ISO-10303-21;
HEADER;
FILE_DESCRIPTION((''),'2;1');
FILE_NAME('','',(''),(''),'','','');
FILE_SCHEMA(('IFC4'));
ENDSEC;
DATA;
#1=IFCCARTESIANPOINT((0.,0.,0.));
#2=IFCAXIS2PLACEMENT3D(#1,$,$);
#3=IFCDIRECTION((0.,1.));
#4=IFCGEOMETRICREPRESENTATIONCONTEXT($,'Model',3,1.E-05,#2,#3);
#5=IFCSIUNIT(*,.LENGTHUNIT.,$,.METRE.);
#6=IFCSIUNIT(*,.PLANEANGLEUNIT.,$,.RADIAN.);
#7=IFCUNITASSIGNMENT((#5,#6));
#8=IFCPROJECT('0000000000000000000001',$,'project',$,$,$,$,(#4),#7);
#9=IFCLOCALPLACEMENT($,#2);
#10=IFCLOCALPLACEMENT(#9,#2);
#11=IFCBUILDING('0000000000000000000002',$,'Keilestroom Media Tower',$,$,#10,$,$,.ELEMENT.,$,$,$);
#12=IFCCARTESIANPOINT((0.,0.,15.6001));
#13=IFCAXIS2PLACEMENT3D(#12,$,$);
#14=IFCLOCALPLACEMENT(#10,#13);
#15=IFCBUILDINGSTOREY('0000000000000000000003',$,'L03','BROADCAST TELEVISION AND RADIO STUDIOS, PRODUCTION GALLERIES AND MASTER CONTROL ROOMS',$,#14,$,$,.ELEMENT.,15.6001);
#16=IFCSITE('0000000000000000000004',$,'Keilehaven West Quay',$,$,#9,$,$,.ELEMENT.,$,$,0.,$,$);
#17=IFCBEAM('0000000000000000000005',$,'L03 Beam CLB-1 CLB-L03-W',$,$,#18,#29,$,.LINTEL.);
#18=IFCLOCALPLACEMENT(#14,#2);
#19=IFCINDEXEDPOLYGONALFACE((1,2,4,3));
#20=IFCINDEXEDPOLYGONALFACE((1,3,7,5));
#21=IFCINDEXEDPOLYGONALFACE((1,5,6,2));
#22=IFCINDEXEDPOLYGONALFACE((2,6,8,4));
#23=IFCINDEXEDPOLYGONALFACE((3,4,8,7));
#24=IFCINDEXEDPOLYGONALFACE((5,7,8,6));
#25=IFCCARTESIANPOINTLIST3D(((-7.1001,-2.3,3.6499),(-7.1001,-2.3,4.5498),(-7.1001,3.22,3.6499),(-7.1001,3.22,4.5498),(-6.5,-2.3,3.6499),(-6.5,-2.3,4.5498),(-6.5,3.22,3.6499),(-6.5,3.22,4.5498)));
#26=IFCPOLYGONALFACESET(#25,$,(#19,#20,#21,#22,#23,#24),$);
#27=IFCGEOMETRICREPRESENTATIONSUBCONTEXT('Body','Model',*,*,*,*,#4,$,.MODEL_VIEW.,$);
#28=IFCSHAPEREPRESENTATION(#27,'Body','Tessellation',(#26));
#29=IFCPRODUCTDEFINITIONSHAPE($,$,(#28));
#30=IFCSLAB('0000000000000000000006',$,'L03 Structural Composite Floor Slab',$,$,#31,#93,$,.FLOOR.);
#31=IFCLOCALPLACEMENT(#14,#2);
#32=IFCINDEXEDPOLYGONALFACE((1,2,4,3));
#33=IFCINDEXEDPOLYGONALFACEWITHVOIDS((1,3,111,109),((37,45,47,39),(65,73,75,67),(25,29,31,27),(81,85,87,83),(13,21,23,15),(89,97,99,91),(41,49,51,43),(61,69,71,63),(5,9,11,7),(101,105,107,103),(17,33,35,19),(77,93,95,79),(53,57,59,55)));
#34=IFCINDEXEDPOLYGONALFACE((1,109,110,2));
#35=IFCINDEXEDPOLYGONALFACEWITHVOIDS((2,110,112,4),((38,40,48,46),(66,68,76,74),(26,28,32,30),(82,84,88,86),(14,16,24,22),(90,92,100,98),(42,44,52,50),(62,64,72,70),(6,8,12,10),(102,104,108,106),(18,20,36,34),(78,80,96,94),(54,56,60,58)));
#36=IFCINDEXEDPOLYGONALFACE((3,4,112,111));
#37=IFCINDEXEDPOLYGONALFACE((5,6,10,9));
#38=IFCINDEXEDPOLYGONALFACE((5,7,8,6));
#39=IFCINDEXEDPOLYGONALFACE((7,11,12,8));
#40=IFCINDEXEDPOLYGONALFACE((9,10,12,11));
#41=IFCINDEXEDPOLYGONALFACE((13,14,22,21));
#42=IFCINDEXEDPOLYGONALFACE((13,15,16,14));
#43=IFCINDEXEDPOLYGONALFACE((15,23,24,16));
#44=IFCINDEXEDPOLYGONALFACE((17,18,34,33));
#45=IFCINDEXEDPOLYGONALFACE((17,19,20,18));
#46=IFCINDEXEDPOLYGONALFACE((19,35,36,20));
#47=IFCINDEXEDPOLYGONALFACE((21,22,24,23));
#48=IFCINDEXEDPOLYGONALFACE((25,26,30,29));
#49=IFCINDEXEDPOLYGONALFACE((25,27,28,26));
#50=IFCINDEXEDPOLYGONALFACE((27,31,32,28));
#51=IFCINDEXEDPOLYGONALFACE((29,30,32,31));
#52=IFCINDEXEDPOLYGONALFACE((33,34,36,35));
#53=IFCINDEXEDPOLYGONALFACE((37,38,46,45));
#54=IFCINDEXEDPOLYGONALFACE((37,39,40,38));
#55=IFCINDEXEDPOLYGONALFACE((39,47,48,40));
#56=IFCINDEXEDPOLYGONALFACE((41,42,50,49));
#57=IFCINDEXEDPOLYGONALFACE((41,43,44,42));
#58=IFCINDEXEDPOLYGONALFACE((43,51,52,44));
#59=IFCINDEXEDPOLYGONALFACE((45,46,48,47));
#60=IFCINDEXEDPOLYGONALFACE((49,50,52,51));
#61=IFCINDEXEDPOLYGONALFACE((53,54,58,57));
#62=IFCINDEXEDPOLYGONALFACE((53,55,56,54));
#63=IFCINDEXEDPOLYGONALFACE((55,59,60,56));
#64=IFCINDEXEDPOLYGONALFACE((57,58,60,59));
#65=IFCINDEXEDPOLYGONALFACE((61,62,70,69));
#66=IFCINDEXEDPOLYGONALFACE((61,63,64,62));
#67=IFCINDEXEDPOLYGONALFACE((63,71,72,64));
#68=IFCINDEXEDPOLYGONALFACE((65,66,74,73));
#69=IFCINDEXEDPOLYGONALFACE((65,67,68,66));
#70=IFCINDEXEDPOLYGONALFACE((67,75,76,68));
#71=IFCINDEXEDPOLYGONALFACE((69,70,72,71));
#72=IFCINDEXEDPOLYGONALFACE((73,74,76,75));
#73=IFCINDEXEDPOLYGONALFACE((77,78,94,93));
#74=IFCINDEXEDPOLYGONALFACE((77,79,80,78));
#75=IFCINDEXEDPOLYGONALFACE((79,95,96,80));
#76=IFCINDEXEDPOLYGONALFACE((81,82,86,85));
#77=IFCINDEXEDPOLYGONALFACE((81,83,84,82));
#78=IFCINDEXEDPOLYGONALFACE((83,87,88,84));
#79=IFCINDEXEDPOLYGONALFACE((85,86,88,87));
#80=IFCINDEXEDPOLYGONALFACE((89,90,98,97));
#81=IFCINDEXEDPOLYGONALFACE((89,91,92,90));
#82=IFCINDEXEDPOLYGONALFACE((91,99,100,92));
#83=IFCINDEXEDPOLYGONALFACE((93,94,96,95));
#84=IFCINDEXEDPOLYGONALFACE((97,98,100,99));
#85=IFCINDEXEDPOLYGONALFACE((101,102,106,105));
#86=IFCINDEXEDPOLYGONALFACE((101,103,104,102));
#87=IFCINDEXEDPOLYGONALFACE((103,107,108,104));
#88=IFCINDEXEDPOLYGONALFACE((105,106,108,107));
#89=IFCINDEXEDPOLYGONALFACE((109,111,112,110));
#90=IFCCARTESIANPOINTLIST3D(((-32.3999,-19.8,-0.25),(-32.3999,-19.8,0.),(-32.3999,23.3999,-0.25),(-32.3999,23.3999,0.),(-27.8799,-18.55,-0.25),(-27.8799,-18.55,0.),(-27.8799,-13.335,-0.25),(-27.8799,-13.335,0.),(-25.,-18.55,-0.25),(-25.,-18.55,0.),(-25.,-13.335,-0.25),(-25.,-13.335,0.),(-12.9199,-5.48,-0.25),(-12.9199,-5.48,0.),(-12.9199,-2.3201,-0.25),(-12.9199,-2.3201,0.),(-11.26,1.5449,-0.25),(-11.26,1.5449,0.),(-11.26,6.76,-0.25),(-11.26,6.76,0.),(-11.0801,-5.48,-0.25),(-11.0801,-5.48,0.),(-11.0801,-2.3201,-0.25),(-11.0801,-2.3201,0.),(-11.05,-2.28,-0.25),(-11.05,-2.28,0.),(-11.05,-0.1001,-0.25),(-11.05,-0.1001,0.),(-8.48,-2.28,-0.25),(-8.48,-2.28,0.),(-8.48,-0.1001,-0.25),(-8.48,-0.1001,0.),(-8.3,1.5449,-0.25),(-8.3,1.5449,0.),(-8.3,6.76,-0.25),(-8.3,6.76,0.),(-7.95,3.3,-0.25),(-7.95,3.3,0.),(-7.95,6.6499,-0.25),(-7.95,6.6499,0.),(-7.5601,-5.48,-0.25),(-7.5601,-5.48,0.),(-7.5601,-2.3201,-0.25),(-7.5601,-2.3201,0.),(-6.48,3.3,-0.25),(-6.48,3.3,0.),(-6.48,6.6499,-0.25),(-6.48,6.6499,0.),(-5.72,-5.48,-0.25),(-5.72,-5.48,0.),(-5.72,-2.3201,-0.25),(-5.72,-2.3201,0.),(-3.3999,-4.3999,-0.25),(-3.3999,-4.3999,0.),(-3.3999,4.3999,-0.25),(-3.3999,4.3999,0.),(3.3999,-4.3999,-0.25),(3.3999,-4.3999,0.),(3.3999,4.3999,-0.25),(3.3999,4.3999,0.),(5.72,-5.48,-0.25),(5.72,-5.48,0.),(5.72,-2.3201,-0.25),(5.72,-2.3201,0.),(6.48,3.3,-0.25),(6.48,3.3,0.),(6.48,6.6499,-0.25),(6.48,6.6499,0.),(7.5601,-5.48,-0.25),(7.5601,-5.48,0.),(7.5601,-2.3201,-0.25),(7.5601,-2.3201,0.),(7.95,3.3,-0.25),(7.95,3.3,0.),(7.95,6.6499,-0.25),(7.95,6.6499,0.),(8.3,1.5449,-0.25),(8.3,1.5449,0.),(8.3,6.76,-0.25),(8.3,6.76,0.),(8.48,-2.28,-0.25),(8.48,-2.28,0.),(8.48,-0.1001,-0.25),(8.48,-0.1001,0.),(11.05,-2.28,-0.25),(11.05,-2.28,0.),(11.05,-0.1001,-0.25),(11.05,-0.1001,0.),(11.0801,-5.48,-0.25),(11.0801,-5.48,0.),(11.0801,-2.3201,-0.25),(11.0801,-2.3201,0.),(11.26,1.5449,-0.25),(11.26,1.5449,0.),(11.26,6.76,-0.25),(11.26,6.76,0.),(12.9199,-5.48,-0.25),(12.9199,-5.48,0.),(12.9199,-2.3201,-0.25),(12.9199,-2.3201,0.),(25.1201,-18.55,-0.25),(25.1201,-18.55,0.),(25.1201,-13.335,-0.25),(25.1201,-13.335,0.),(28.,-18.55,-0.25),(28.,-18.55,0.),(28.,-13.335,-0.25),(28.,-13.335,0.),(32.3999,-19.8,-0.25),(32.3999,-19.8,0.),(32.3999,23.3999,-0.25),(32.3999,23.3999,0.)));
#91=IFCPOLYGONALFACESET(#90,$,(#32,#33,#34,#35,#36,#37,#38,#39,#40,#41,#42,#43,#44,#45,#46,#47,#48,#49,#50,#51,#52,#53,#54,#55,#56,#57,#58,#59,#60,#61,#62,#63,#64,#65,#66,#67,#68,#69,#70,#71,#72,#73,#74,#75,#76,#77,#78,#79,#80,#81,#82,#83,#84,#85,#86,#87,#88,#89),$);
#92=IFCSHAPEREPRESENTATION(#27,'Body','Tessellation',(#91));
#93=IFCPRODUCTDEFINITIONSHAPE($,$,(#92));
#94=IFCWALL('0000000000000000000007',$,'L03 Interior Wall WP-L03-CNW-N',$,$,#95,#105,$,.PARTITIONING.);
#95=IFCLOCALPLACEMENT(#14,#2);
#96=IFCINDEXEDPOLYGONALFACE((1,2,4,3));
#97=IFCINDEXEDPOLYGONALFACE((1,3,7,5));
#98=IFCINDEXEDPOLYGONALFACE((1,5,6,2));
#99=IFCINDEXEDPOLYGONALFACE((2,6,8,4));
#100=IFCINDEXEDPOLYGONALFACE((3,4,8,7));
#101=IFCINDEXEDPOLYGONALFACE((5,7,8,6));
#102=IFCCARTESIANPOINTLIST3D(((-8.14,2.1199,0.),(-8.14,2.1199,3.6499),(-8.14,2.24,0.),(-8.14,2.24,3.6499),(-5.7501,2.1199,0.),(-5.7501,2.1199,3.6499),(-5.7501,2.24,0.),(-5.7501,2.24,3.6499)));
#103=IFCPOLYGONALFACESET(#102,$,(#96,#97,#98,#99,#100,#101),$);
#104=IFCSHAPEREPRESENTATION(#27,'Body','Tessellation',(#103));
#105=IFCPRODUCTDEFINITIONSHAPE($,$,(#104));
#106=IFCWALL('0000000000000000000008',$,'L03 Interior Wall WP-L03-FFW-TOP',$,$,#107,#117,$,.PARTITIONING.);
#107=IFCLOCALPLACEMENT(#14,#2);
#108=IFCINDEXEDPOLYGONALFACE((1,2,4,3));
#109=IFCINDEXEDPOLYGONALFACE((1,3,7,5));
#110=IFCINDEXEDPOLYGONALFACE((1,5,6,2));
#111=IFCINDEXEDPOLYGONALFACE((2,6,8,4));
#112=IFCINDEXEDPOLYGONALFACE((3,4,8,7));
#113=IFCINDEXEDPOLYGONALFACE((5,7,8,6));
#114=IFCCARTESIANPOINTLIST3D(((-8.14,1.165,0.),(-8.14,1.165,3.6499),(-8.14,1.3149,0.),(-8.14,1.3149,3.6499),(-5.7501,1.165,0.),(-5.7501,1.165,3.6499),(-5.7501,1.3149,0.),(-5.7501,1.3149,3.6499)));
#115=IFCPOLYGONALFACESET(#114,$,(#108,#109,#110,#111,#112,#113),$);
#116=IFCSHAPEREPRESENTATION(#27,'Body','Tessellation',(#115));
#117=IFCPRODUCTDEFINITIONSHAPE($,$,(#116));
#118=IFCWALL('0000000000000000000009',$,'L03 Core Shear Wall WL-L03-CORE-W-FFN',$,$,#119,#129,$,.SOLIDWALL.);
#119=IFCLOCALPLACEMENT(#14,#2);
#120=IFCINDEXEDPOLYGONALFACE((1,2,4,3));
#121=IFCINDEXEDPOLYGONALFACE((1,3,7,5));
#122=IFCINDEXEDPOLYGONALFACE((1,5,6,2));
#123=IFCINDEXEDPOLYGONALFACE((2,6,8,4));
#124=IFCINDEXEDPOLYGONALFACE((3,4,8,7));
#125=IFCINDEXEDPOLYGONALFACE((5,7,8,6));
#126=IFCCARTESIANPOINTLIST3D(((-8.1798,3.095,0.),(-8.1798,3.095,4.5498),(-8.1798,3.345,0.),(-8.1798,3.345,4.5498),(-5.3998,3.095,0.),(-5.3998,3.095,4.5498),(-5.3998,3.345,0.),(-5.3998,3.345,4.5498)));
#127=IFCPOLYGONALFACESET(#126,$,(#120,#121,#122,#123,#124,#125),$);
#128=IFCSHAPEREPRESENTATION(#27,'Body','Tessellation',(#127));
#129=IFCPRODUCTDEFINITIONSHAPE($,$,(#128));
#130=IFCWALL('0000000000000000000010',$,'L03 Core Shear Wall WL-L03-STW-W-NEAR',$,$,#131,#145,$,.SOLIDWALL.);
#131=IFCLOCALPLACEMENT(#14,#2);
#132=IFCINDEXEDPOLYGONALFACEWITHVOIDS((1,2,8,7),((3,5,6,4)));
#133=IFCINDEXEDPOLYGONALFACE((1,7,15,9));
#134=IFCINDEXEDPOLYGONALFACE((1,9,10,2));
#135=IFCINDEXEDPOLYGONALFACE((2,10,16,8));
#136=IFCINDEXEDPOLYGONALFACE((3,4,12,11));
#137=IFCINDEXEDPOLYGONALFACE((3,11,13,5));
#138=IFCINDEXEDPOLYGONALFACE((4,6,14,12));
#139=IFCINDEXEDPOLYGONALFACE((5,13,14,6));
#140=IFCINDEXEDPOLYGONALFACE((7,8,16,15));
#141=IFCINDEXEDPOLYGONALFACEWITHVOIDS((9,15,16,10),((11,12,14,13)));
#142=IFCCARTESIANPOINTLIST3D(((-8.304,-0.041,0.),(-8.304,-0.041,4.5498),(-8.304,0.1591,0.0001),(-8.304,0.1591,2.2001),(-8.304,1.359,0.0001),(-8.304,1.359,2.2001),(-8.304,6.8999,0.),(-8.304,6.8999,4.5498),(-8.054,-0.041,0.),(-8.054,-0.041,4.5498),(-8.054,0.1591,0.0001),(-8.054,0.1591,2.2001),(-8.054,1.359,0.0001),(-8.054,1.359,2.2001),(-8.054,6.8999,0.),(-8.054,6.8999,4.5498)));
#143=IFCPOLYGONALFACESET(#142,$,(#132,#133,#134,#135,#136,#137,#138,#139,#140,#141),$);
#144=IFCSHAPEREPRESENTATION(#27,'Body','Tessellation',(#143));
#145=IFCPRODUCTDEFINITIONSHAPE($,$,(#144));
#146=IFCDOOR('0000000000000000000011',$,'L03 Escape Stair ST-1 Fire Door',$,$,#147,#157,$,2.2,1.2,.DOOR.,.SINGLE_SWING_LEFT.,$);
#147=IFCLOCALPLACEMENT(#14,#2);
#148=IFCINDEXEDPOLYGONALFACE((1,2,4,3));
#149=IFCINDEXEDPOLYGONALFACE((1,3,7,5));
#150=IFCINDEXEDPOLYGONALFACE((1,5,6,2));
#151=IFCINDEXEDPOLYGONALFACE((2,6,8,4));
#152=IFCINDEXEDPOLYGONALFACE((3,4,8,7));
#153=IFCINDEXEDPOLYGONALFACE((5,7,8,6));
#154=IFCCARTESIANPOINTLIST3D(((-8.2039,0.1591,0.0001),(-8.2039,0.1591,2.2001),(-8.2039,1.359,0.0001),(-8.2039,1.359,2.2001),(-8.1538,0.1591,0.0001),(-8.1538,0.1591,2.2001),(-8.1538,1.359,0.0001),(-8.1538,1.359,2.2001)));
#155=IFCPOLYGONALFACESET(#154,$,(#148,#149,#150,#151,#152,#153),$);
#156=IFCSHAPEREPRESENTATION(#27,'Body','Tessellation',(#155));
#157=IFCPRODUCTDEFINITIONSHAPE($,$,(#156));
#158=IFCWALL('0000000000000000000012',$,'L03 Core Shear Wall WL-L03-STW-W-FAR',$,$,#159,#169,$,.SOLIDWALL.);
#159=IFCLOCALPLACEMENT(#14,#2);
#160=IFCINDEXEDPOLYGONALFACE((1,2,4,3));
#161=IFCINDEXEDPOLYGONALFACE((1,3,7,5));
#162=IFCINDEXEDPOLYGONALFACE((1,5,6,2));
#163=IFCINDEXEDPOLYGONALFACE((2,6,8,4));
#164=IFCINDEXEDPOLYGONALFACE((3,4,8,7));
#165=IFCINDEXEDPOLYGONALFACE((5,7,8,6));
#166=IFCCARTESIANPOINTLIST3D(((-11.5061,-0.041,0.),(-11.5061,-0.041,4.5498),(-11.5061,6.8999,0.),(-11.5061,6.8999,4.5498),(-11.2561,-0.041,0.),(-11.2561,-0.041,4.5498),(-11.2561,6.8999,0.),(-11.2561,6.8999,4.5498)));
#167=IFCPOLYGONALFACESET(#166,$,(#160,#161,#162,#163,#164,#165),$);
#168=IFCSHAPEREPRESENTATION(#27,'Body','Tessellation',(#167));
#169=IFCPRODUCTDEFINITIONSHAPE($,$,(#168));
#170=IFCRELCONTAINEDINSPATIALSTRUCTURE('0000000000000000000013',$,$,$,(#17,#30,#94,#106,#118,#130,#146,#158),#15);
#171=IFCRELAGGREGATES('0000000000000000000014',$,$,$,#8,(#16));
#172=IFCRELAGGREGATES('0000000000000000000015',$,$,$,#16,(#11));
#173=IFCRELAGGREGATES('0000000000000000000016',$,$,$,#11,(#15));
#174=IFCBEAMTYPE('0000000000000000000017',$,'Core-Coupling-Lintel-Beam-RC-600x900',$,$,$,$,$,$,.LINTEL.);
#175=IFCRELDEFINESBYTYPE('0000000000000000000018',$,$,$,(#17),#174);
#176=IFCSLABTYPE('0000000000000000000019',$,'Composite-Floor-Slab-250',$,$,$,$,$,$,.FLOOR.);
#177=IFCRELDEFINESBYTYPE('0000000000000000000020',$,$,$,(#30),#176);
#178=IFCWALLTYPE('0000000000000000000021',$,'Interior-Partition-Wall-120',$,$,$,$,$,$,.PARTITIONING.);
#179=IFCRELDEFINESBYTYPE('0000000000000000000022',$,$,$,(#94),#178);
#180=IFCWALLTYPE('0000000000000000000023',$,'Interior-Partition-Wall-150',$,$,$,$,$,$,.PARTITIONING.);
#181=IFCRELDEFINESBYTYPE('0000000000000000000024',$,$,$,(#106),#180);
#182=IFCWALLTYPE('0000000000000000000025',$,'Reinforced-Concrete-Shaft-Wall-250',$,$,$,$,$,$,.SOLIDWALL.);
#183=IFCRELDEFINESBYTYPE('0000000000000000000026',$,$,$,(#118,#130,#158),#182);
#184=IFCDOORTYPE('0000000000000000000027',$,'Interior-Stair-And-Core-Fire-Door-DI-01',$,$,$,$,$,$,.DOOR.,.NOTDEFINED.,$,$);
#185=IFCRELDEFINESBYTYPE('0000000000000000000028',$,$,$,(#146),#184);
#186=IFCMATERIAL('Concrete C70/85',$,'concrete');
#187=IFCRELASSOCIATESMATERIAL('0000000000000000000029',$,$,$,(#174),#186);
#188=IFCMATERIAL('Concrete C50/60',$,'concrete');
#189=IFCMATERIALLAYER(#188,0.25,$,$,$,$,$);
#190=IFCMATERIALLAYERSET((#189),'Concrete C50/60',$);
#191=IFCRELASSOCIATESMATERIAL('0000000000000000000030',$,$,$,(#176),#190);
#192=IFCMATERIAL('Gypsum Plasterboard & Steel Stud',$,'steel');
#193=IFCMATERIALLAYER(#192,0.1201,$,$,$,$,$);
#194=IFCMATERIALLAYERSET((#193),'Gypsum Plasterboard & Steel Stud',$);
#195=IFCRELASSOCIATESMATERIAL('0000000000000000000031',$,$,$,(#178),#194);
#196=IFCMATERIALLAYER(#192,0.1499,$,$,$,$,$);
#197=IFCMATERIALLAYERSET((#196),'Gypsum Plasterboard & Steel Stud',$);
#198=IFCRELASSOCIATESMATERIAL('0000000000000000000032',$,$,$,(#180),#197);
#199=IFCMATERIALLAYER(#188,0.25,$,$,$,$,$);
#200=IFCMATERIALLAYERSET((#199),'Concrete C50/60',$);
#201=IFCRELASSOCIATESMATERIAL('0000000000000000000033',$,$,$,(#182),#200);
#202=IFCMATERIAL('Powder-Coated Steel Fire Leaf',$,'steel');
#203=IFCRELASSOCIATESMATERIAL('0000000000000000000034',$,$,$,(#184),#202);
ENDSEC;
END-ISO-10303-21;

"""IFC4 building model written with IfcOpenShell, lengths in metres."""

from ifc_helpers import new_model, si_unit, direction, frame, frame_2d, origin, origin_2d, place, context, subcontext, project, spatial, polyline, rectangle, outline, extrude, source, transform, mapped, material, layer, layer_set, material_profile, profile_set, type_object, element, fill, save


model = new_model("IFC4")

# Units and contexts
model_context = context("Model", 3, precision=1e-05, world=origin(), true_north=direction((0.0, 1.0)))
body_context = subcontext(model_context, "Body", "Model", "MODEL_VIEW")
ifc_project = project(units=[si_unit("LENGTHUNIT", "METRE"), si_unit("PLANEANGLEUNIT", "RADIAN")], contexts=[model_context])

# Site, building, storey
site_placement = place(None, origin())
site = spatial("IfcSite", under=ifc_project, at=site_placement, Name="Keilehaven West Quay", CompositionType="ELEMENT", RefElevation=0.0)
building_placement = place(site_placement, origin())
building = spatial("IfcBuilding", under=site, at=building_placement, Name="Keilestroom Media Tower", CompositionType="ELEMENT")
storey_placement = place(building_placement, frame((0.0, 0.0, 15.6001)))
storey = spatial("IfcBuildingStorey", under=building, at=storey_placement, Name="L03", Description="BROADCAST TELEVISION AND RADIO STUDIOS, PRODUCTION GALLERIES AND MASTER CONTROL ROOMS", CompositionType="ELEMENT", Elevation=15.6001)

# Beam
ifc_material_1 = material(Name="Concrete C70/85", Category="concrete")
ifc_material_profile = material_profile(ifc_material_1, rectangle(XDim=0.6001, YDim=0.8999, at=origin_2d()), Name="RC 600x900")
ifc_profile_set = profile_set([ifc_material_profile], Name="Concrete C70/85")
beam_type = type_object("IfcBeamType", Name="Core-Coupling-Lintel-Beam-RC-600x900", PredefinedType="LINTEL", material=ifc_profile_set)
shared_shape_1 = source(origin(), body_context, "Body", "SweptSolid", [
    extrude(rectangle(XDim=0.6001, YDim=0.8999, at=origin_2d()), origin(), (0.0, 0.0, 1.0), 5.52),
])
beam_placement = place(storey_placement, frame((-6.8, -2.3, 4.0999), z_axis=(0.0, 1.0, 0.0), x_axis=(-1.0, 0.0, 0.0)))
element("IfcBeam", 1, at=beam_placement, inside=storey, type_object=beam_type, Name="L03 Beam CLB-1 CLB-L03-W", PredefinedType="LINTEL", context=body_context, shape_type="MappedRepresentation", body=[
    mapped(shared_shape_1, transform((0.0, 0.0, 0.0), x_axis=(1.0, 0.0, 0.0), y_axis=(0.0, 1.0, 0.0), z_axis=(0.0, 0.0, 1.0), scale=1.0)),
])

# Slab
ifc_material_2 = material(Name="Concrete C50/60", Category="concrete")
ifc_layer_1 = layer(ifc_material_2, 0.25)
ifc_layer_set_1 = layer_set([ifc_layer_1], Name="Concrete C50/60")
slab_type = type_object("IfcSlabType", Name="Composite-Floor-Slab-250", PredefinedType="FLOOR", material=ifc_layer_set_1)
slab_placement = place(storey_placement, frame((0.0, 0.0, -0.25)))
element("IfcSlab", 2, at=slab_placement, inside=storey, type_object=slab_type, Name="L03 Structural Composite Floor Slab", PredefinedType="FLOOR", context=body_context, shape_type="SweptSolid", body=[
    extrude(outline(polyline([(-32.3999, -19.8), (32.3999, -19.8), (32.3999, 23.3999), (-32.3999, 23.3999), (-32.3999, -19.8)]), holes=[polyline([(-27.8799, -18.55), (-27.8799, -13.335), (-25.0, -13.335), (-25.0, -18.55), (-27.8799, -18.55)]), polyline([(-12.9199, -5.48), (-12.9199, -2.3201), (-11.0801, -2.3201), (-11.0801, -5.48), (-12.9199, -5.48)]), polyline([(-11.26, 6.76), (-8.3, 6.76), (-8.3, 1.5449), (-11.26, 1.5449), (-11.26, 6.76)]), polyline([(-11.05, -2.28), (-11.05, -0.1001), (-8.48, -0.1001), (-8.48, -2.28), (-11.05, -2.28)]), polyline([(-7.95, 6.6499), (-6.48, 6.6499), (-6.48, 3.3), (-7.95, 3.3), (-7.95, 6.6499)]), polyline([(-5.72, -5.48), (-7.5601, -5.48), (-7.5601, -2.3201), (-5.72, -2.3201), (-5.72, -5.48)]), polyline([(-3.3999, -4.3999), (-3.3999, 4.3999), (3.3999, 4.3999), (3.3999, -4.3999), (-3.3999, -4.3999)]), polyline([(7.5601, -2.3201), (7.5601, -5.48), (5.72, -5.48), (5.72, -2.3201), (7.5601, -2.3201)]), polyline([(7.95, 6.6499), (7.95, 3.3), (6.48, 3.3), (6.48, 6.6499), (7.95, 6.6499)]), polyline([(8.3, 6.76), (11.26, 6.76), (11.26, 1.5449), (8.3, 1.5449), (8.3, 6.76)]), polyline([(8.48, -2.28), (8.48, -0.1001), (11.05, -0.1001), (11.05, -2.28), (8.48, -2.28)]), polyline([(11.0801, -2.3201), (12.9199, -2.3201), (12.9199, -5.48), (11.0801, -5.48), (11.0801, -2.3201)]), polyline([(25.1201, -18.55), (25.1201, -13.335), (28.0, -13.335), (28.0, -18.55), (25.1201, -18.55)])]), origin(), (0.0, 0.0, 1.0), 0.25),
])

# Walls
ifc_material_3 = material(Name="Gypsum Plasterboard & Steel Stud", Category="steel")
ifc_layer_2 = layer(ifc_material_3, 0.1201)
ifc_layer_set_2 = layer_set([ifc_layer_2], Name="Gypsum Plasterboard & Steel Stud")
wall_type_1 = type_object("IfcWallType", Name="Interior-Partition-Wall-120", PredefinedType="PARTITIONING", material=ifc_layer_set_2)
wall_1_placement = place(storey_placement, frame((-8.1399, 2.1799, 0.0), z_axis=(0.0, 0.0, 1.0), x_axis=(1.0, 0.0, 0.0)))
element("IfcWall", 3, at=wall_1_placement, inside=storey, type_object=wall_type_1, Name="L03 Interior Wall WP-L03-CNW-N", PredefinedType="PARTITIONING", context=body_context, shape_type="SweptSolid", body=[
    extrude(rectangle(XDim=2.3899, YDim=0.1201, at=frame_2d((1.1948, 0.0))), origin(), (0.0, 0.0, 1.0), 3.6499),
])
ifc_layer_3 = layer(ifc_material_3, 0.1499)
ifc_layer_set_3 = layer_set([ifc_layer_3], Name="Gypsum Plasterboard & Steel Stud")
wall_type_2 = type_object("IfcWallType", Name="Interior-Partition-Wall-150", PredefinedType="PARTITIONING", material=ifc_layer_set_3)
wall_2_placement = place(storey_placement, frame((-8.1399, 1.24, 0.0), z_axis=(0.0, 0.0, 1.0), x_axis=(1.0, 0.0, 0.0)))
element("IfcWall", 4, at=wall_2_placement, inside=storey, type_object=wall_type_2, Name="L03 Interior Wall WP-L03-FFW-TOP", PredefinedType="PARTITIONING", context=body_context, shape_type="SweptSolid", body=[
    extrude(rectangle(XDim=2.3899, YDim=0.1499, at=frame_2d((1.1948, 0.0))), origin(), (0.0, 0.0, 1.0), 3.6499),
])
ifc_layer_4 = layer(ifc_material_2, 0.25)
ifc_layer_set_4 = layer_set([ifc_layer_4], Name="Concrete C50/60")
wall_type_3 = type_object("IfcWallType", Name="Reinforced-Concrete-Shaft-Wall-250", PredefinedType="SOLIDWALL", material=ifc_layer_set_4)
wall_3_placement = place(storey_placement, frame((-8.1799, 3.22, 0.0), z_axis=(0.0, 0.0, 1.0), x_axis=(1.0, 0.0, 0.0)))
element("IfcWall", 5, at=wall_3_placement, inside=storey, type_object=wall_type_3, Name="L03 Core Shear Wall WL-L03-CORE-W-FFN", PredefinedType="SOLIDWALL", context=body_context, shape_type="SweptSolid", body=[
    extrude(rectangle(XDim=2.78, YDim=0.25, at=frame_2d((1.3901, 0.0))), origin(), (0.0, 0.0, 1.0), 4.5498),
])

# Wall, opening, door
wall_4_placement = place(storey_placement, frame((-8.179, -0.041, 0.0), z_axis=(0.0, 0.0, 1.0), x_axis=(0.0, 1.0, 0.0)))
wall_4 = element("IfcWall", 6, at=wall_4_placement, inside=storey, type_object=wall_type_3, Name="L03 Core Shear Wall WL-L03-STW-W-NEAR", PredefinedType="SOLIDWALL", context=body_context, shape_type="SweptSolid", body=[
    extrude(rectangle(XDim=6.9409, YDim=0.25, at=frame_2d((3.4705, 0.0))), origin(), (0.0, 0.0, 1.0), 4.5498),
])
opening_1_placement = place(wall_4_placement, frame((0.2, 0.0, 0.0)))
opening_1 = element("IfcOpeningElement", 7, at=opening_1_placement, cuts=wall_4, PredefinedType="OPENING", context=body_context, shape_type="SweptSolid", body=[
    extrude(rectangle(XDim=1.2, YDim=2.2, at=frame_2d((0.6001, 1.1001))), frame((0.0, 0.135, 0.0), z_axis=(0.0, -1.0, 0.0), x_axis=(1.0, 0.0, 0.0)), (0.0, 0.0, 1.0), 0.27),
])
ifc_material_4 = material(Name="Powder-Coated Steel Fire Leaf", Category="steel")
door_type_1 = type_object("IfcDoorType", Name="Interior-Stair-And-Core-Fire-Door-DI-01", OperationType="NOTDEFINED", PredefinedType="DOOR", material=ifc_material_4)
shared_shape_2 = source(origin(), body_context, "Body", "SweptSolid", [
    extrude(rectangle(XDim=1.2, YDim=2.2, at=frame_2d((0.6001, 1.1001))), frame((0.0, 0.0249, 0.0), z_axis=(0.0, -1.0, 0.0), x_axis=(1.0, 0.0, 0.0)), (0.0, 0.0, 1.0), 0.05),
])
door_1_placement = place(opening_1_placement, origin())
door_1 = element("IfcDoor", 8, at=door_1_placement, inside=storey, type_object=door_type_1, Name="L03 Escape Stair ST-1 Fire Door", OperationType="SINGLE_SWING_LEFT", OverallHeight=2.2, OverallWidth=1.2, PredefinedType="DOOR", context=body_context, shape_type="MappedRepresentation", body=[
    mapped(shared_shape_2, transform((0.0, 0.0, 0.0), x_axis=(1.0, 0.0, 0.0), y_axis=(0.0, 1.0, 0.0), z_axis=(0.0, 0.0, 1.0), scale=1.0)),
])
fill(opening_1, door_1)

# Wall
wall_5_placement = place(storey_placement, frame((-11.3811, -0.041, 0.0), z_axis=(0.0, 0.0, 1.0), x_axis=(0.0, 1.0, 0.0)))
element("IfcWall", 9, at=wall_5_placement, inside=storey, type_object=wall_type_3, Name="L03 Core Shear Wall WL-L03-STW-W-FAR", PredefinedType="SOLIDWALL", context=body_context, shape_type="SweptSolid", body=[
    extrude(rectangle(XDim=6.9409, YDim=0.25, at=frame_2d((3.4705, 0.0))), origin(), (0.0, 0.0, 1.0), 4.5498),
])

save(model, "model.ifc")
